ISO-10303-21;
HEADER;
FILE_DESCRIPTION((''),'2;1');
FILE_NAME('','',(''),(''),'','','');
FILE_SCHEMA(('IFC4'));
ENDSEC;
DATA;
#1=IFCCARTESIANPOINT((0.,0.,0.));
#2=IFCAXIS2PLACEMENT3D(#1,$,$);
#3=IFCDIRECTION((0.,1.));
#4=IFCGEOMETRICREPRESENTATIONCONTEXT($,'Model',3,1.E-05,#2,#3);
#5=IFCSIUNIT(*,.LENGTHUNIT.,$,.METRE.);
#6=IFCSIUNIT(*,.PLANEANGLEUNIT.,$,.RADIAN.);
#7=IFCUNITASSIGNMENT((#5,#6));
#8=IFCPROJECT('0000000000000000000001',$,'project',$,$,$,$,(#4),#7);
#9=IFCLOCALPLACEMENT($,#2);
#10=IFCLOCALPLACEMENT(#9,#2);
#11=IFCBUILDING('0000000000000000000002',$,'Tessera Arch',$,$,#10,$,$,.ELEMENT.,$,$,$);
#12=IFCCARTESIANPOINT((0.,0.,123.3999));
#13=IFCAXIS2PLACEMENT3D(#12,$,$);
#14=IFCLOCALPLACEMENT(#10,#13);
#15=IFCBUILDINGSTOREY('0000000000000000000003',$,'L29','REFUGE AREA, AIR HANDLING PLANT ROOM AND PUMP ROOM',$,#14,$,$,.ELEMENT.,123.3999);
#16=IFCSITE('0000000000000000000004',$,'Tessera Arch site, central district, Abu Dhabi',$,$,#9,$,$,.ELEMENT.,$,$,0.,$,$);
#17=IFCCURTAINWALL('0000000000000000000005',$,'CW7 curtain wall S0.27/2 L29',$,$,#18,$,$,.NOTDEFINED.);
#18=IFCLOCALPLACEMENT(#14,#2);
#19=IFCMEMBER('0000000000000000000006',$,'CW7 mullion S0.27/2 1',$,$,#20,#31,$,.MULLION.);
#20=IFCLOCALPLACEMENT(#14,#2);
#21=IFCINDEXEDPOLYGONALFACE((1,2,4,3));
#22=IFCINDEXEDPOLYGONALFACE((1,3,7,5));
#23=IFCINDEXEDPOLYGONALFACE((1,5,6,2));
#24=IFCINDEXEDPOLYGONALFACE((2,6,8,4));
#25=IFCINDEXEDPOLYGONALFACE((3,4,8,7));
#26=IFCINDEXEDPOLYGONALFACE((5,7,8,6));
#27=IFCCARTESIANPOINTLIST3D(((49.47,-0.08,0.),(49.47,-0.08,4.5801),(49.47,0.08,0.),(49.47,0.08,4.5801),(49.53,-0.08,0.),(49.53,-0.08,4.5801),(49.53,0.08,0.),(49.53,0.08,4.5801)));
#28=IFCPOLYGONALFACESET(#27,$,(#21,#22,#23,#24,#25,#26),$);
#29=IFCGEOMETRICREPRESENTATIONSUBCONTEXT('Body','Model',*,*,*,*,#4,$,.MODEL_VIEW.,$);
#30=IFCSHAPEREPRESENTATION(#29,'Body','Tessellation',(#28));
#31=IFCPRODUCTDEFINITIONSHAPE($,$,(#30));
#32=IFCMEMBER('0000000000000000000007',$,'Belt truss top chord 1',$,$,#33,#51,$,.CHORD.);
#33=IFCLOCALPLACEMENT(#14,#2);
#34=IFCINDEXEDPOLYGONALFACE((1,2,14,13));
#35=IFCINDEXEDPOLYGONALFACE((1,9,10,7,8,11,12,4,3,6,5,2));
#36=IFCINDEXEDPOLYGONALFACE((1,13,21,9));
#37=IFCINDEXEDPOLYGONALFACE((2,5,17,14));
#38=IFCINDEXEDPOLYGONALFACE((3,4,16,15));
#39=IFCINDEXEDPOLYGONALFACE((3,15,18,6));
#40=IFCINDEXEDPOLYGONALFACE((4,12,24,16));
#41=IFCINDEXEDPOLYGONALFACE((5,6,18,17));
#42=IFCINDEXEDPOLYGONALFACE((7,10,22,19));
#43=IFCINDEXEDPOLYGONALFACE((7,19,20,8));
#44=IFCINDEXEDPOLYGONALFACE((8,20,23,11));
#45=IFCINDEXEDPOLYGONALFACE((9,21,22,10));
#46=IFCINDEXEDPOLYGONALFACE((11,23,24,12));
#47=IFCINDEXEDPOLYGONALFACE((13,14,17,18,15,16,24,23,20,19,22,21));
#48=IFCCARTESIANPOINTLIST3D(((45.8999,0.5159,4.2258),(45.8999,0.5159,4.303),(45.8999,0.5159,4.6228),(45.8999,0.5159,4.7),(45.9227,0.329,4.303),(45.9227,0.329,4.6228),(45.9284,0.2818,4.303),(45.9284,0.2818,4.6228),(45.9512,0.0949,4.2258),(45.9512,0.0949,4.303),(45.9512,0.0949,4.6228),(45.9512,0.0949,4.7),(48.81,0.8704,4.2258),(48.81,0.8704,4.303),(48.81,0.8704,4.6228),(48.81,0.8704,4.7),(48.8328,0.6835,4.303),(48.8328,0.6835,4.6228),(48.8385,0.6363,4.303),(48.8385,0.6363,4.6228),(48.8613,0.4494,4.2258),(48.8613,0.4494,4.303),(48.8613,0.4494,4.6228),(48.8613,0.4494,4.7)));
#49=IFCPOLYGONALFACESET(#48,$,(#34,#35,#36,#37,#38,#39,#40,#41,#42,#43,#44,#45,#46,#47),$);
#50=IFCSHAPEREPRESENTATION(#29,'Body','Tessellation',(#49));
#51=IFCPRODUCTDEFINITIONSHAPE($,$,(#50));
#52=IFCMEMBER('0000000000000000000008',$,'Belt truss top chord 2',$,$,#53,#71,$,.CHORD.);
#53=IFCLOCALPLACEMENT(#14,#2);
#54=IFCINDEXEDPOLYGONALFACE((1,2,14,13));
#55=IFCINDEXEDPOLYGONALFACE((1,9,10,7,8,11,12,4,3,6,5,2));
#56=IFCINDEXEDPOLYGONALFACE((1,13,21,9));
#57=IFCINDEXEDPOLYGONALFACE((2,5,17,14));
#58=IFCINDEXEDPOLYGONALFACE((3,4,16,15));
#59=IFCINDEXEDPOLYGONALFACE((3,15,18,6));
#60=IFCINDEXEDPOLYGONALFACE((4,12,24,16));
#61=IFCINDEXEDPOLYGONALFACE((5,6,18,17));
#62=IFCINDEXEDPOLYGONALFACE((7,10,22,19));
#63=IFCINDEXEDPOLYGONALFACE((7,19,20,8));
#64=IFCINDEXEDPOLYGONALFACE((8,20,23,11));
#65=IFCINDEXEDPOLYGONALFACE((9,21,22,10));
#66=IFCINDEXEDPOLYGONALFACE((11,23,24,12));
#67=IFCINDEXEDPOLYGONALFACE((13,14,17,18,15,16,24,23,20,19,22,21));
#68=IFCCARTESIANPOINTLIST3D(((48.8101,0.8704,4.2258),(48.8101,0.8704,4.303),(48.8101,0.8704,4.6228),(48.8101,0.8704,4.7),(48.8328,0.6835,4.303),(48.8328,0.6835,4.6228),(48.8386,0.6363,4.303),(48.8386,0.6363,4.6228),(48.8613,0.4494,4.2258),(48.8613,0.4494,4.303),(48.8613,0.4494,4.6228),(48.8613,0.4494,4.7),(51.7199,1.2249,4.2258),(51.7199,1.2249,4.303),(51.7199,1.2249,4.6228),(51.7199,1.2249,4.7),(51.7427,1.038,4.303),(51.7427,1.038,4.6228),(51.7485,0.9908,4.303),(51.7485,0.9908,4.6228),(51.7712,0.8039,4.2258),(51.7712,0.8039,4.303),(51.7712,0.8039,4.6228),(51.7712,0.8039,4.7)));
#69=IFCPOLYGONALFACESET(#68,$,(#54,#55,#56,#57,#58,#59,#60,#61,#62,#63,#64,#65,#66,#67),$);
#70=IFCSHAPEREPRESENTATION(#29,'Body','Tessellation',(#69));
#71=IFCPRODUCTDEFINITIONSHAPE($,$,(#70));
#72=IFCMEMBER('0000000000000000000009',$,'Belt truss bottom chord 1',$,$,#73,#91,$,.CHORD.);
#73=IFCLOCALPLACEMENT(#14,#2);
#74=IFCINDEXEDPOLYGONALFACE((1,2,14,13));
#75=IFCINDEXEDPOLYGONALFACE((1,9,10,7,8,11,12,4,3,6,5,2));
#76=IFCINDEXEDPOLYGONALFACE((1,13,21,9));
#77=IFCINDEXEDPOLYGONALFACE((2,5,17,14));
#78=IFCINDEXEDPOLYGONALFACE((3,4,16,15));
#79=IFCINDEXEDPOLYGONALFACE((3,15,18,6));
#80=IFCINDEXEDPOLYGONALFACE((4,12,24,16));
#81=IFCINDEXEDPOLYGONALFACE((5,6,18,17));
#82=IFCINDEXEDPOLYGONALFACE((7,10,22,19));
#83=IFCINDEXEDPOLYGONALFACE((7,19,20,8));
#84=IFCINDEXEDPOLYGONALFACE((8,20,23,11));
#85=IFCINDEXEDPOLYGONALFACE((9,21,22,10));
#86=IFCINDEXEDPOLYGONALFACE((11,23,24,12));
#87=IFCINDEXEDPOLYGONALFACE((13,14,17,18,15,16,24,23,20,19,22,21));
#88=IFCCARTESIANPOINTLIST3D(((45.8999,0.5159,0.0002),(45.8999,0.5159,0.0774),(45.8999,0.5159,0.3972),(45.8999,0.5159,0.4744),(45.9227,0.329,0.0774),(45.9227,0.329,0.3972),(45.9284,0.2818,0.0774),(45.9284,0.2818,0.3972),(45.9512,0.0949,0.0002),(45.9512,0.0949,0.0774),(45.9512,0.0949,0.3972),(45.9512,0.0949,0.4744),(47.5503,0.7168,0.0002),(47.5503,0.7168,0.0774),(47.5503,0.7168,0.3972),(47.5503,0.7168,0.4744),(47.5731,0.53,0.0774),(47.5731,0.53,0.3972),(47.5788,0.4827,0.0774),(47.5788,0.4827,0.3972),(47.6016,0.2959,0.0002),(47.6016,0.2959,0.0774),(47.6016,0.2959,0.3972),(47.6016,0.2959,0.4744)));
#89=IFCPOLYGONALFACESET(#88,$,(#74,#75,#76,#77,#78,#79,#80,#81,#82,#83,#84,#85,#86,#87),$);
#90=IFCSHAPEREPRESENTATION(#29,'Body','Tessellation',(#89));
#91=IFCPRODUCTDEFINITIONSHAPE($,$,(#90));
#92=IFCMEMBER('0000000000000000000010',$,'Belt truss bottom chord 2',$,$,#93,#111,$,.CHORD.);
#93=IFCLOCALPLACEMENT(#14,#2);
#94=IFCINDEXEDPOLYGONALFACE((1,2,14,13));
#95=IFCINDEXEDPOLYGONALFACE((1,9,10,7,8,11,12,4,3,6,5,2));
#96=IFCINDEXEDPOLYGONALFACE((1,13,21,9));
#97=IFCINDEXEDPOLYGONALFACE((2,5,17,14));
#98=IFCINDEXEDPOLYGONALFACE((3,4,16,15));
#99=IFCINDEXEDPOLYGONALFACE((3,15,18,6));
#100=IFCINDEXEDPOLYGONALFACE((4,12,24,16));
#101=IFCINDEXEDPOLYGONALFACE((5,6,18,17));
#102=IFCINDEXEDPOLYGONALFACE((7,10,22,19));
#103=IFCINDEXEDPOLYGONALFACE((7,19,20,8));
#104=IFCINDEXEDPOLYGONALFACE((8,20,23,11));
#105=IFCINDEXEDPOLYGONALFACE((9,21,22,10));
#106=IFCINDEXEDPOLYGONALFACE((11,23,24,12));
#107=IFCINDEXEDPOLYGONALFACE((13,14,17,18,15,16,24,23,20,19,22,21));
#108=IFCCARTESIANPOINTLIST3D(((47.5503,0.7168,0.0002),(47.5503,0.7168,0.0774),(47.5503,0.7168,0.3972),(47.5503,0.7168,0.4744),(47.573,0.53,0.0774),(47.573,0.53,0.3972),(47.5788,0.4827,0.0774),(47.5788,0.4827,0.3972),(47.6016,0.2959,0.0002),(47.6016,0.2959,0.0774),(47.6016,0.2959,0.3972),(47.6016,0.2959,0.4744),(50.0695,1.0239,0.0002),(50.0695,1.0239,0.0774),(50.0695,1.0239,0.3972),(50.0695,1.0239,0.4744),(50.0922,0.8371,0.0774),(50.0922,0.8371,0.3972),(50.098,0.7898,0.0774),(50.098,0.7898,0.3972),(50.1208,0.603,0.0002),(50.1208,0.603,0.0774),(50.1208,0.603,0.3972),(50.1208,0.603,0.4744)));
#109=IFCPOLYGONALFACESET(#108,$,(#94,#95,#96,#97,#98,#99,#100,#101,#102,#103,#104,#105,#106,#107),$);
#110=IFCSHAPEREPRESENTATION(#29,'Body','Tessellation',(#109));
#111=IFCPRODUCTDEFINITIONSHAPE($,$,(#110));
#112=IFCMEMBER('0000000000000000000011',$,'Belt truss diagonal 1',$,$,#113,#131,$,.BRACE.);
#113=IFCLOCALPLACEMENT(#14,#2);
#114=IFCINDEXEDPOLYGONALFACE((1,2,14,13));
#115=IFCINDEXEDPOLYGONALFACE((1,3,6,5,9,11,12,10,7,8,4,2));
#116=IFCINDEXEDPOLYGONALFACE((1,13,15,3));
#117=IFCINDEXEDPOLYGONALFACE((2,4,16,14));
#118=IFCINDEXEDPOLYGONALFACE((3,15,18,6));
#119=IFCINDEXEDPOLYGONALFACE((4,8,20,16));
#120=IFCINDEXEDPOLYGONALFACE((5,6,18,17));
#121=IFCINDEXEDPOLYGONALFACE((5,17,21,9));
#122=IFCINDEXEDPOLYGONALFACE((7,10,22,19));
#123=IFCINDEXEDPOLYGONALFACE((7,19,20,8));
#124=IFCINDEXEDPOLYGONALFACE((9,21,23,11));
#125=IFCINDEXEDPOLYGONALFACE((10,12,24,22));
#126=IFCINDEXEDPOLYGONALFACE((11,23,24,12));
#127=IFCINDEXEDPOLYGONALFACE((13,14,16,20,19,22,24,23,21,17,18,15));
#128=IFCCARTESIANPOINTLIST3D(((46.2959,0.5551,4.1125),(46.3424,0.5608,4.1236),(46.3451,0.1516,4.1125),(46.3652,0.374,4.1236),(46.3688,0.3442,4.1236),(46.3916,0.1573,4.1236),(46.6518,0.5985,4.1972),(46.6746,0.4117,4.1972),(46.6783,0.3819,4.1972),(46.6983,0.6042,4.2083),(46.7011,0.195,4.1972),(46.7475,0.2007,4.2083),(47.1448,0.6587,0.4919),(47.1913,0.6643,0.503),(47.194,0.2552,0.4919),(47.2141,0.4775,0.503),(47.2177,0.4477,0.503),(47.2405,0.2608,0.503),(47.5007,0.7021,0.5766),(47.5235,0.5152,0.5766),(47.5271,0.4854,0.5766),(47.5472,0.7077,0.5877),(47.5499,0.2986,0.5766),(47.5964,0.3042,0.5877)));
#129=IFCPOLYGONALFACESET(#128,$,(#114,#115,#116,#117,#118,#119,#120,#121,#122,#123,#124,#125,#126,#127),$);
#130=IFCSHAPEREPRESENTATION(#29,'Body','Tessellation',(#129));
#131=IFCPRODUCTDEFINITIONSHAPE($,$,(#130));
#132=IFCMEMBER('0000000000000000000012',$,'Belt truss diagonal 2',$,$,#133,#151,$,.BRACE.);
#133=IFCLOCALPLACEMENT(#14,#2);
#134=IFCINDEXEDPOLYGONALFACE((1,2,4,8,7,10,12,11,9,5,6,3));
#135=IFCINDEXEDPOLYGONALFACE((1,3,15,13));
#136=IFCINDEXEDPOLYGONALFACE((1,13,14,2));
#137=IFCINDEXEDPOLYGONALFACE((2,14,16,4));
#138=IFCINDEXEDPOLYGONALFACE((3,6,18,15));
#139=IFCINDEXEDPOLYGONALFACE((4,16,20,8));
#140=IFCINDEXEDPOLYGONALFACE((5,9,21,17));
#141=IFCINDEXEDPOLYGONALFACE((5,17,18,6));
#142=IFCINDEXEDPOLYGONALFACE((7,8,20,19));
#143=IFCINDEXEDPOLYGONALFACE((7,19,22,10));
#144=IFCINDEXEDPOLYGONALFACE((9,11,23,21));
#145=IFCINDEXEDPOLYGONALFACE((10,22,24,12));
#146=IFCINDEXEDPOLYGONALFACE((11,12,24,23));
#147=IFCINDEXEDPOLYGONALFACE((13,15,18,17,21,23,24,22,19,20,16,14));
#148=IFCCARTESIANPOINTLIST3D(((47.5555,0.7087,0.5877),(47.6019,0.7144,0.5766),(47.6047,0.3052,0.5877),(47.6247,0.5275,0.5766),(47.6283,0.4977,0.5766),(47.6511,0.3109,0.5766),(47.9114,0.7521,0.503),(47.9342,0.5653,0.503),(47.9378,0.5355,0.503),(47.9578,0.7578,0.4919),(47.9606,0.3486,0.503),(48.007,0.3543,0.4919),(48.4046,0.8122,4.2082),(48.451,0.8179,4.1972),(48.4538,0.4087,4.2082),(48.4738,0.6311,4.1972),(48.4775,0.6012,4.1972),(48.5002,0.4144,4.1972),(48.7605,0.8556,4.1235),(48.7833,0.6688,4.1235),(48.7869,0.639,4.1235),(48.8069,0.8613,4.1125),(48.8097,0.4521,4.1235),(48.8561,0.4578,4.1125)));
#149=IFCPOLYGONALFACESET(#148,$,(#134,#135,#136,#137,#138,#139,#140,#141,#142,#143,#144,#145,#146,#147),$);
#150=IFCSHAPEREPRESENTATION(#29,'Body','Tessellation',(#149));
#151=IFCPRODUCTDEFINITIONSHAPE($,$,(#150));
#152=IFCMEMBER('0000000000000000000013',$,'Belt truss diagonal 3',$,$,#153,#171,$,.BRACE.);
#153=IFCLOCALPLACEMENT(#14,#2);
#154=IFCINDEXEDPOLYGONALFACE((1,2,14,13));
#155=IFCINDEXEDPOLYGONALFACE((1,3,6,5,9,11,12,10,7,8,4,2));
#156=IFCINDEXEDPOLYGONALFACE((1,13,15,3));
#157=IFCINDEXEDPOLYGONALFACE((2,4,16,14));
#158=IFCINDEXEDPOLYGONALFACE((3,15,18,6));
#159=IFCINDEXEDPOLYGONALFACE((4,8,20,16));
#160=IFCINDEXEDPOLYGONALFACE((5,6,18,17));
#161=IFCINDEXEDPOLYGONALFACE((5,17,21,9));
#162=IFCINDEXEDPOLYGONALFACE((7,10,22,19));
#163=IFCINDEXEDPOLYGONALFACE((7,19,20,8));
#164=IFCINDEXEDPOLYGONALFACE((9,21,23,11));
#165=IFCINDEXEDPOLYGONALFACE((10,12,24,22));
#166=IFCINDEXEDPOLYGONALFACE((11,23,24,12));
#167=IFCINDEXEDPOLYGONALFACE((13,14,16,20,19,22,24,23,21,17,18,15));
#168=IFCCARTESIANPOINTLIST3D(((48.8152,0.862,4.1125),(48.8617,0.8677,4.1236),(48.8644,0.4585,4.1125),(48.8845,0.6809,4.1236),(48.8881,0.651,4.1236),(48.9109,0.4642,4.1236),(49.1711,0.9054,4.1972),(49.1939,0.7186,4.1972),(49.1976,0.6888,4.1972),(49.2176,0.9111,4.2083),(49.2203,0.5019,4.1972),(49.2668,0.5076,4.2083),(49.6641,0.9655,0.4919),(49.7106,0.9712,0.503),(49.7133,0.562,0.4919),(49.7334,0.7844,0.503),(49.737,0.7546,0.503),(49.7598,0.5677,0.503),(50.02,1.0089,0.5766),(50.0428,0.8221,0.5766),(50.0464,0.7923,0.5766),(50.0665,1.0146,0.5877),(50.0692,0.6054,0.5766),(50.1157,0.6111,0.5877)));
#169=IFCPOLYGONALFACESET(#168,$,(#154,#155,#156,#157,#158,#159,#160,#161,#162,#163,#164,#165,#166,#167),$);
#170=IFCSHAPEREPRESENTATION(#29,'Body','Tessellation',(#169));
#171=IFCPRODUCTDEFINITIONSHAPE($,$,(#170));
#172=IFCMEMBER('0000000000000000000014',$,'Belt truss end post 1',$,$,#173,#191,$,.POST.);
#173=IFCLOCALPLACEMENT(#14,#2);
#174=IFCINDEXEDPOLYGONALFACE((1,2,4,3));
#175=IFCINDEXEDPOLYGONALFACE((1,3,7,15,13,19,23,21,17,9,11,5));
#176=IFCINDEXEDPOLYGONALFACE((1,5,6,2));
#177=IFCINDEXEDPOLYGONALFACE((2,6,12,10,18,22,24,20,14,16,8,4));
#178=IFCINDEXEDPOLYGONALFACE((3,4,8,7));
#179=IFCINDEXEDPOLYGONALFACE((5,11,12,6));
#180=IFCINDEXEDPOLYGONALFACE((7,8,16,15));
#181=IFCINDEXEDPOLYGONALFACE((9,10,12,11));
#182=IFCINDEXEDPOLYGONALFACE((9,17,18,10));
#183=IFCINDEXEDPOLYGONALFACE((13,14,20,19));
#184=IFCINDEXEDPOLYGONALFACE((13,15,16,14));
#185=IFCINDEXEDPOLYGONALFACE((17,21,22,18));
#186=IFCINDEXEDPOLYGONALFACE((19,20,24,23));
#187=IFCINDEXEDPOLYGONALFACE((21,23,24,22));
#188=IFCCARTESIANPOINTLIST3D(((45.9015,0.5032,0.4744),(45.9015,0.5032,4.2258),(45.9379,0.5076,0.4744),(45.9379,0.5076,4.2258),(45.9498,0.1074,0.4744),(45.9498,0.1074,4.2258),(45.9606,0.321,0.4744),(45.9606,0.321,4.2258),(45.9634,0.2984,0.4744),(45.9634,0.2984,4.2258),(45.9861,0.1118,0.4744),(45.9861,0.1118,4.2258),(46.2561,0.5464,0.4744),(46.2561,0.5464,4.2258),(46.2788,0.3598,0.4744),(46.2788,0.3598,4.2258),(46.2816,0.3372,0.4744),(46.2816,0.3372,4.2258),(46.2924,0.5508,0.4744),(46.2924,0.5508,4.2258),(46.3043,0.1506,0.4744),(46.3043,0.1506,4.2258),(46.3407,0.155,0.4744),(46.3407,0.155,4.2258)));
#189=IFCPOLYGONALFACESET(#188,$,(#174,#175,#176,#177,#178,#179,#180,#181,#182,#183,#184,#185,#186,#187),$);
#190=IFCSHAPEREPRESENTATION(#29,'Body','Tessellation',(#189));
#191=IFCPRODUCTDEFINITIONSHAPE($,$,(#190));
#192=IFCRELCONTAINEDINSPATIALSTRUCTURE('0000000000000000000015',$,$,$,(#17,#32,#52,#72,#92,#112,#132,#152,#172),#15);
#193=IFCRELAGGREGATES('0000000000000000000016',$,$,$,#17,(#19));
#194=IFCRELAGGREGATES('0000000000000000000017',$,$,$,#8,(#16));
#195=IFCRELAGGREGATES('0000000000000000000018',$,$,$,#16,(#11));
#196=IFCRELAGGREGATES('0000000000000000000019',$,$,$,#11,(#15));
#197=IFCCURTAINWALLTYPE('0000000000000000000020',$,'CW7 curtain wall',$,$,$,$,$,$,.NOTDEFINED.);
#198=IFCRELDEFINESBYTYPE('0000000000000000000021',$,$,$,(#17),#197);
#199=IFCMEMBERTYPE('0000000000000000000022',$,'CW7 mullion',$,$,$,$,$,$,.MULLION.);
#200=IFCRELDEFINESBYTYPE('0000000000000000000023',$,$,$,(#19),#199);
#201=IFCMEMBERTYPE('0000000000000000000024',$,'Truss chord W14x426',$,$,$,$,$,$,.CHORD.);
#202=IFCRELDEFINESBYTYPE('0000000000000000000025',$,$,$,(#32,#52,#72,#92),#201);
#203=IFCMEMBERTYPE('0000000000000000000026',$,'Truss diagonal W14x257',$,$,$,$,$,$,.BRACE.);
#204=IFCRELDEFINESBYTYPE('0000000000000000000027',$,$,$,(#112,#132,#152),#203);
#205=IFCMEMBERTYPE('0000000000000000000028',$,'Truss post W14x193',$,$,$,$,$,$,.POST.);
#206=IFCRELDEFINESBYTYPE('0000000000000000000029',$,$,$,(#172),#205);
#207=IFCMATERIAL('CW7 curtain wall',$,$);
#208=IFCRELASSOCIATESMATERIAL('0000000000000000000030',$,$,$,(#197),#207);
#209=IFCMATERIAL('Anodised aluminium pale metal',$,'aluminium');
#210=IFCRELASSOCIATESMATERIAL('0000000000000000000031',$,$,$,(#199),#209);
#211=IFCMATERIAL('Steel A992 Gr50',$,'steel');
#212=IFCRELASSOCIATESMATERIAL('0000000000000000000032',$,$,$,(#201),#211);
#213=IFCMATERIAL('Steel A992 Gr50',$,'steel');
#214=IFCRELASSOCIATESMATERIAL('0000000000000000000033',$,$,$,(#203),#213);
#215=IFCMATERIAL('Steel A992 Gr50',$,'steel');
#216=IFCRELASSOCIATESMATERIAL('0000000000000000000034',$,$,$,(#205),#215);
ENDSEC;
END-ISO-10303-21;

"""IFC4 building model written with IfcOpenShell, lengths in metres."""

from ifc_helpers import new_model, si_unit, direction, frame, origin, origin_2d, place, context, subcontext, project, spatial, rectangle, i_section, extrude, material, material_profile, profile_set, type_object, element, aggregate, save


model = new_model("IFC4")

# Units and contexts
model_context = context("Model", 3, precision=1e-05, world=origin(), true_north=direction((0.0, 1.0)))
body_context = subcontext(model_context, "Body", "Model", "MODEL_VIEW")
ifc_project = project(units=[si_unit("LENGTHUNIT", "METRE"), si_unit("PLANEANGLEUNIT", "RADIAN")], contexts=[model_context])

# Site, building, storey
site_placement = place(None, origin())
site = spatial("IfcSite", under=ifc_project, at=site_placement, Name="Tessera Arch site, central district, Abu Dhabi", CompositionType="ELEMENT", RefElevation=0.0)
building_placement = place(site_placement, origin())
building = spatial("IfcBuilding", under=site, at=building_placement, Name="Tessera Arch", CompositionType="ELEMENT")
storey_placement = place(building_placement, frame((0.0, 0.0, 123.3999)))
storey = spatial("IfcBuildingStorey", under=building, at=storey_placement, Name="L29", Description="REFUGE AREA, AIR HANDLING PLANT ROOM AND PUMP ROOM", CompositionType="ELEMENT", Elevation=123.3999)

# Curtain wall, member
ifc_material_1 = material(Name="CW7 curtain wall")
curtain_wall_type = type_object("IfcCurtainWallType", Name="CW7 curtain wall", PredefinedType="NOTDEFINED", material=ifc_material_1)
curtain_wall_placement = place(storey_placement, origin())
curtain_wall = element("IfcCurtainWall", 1, at=curtain_wall_placement, inside=storey, type_object=curtain_wall_type, Name="CW7 curtain wall S0.27/2 L29", PredefinedType="NOTDEFINED")
ifc_material_2 = material(Name="Anodised aluminium pale metal", Category="aluminium")
ifc_material_profile_1 = material_profile(ifc_material_2, rectangle(XDim=0.1599, YDim=0.0601, at=origin_2d()), Name="AL 60x160")
ifc_profile_set_1 = profile_set([ifc_material_profile_1], Name="Anodised aluminium pale metal")
member_type_1 = type_object("IfcMemberType", Name="CW7 mullion", PredefinedType="MULLION", material=ifc_profile_set_1)
member_1_placement = place(storey_placement, frame((49.5, 0.0, 0.0), z_axis=(0.0, 0.0, 1.0), x_axis=(0.0, 1.0, 0.0)))
member_1 = element("IfcMember", 2, at=member_1_placement, type_object=member_type_1, Name="CW7 mullion S0.27/2 1", PredefinedType="MULLION", context=body_context, shape_type="SweptSolid", body=[
    extrude(rectangle(XDim=0.1599, YDim=0.0601, at=origin_2d()), origin(), (0.0, 0.0, 1.0), 4.5801),
])

# Members
ifc_material_3 = material(Name="Steel A992 Gr50", Category="steel")
ifc_material_profile_2 = material_profile(ifc_material_3, i_section(OverallWidth=0.4241, OverallDepth=0.4741, WebThickness=0.0476, FlangeThickness=0.0771, at=origin_2d()), Name="W14x426")
ifc_profile_set_2 = profile_set([ifc_material_profile_2], Name="Steel A992 Gr50")
member_type_2 = type_object("IfcMemberType", Name="Truss chord W14x426", PredefinedType="CHORD", material=ifc_profile_set_2)
member_2_placement = place(storey_placement, frame((45.9255, 0.3054, 4.4629), z_axis=(0.992662, 0.120918, 0.0), x_axis=(-0.120918, 0.992662, 0.0)))
element("IfcMember", 3, at=member_2_placement, inside=storey, type_object=member_type_2, Name="Belt truss top chord 1", PredefinedType="CHORD", context=body_context, shape_type="SweptSolid", body=[
    extrude(i_section(OverallWidth=0.4241, OverallDepth=0.4741, WebThickness=0.0476, FlangeThickness=0.0771, at=origin_2d()), origin(), (0.0, 0.0, 1.0), 2.9316),
])
member_3_placement = place(storey_placement, frame((48.8357, 0.6599, 4.4629), z_axis=(0.992661, 0.120928, 0.0), x_axis=(-0.120928, 0.992661, 0.0)))
element("IfcMember", 4, at=member_3_placement, inside=storey, type_object=member_type_2, Name="Belt truss top chord 2", PredefinedType="CHORD", context=body_context, shape_type="SweptSolid", body=[
    extrude(i_section(OverallWidth=0.4241, OverallDepth=0.4741, WebThickness=0.0476, FlangeThickness=0.0771, at=origin_2d()), origin(), (0.0, 0.0, 1.0), 2.9314),
])
member_4_placement = place(storey_placement, frame((45.9255, 0.3054, 0.2373), z_axis=(0.99267, 0.120853, 0.0), x_axis=(-0.120853, 0.99267, 0.0)))
element("IfcMember", 5, at=member_4_placement, inside=storey, type_object=member_type_2, Name="Belt truss bottom chord 1", PredefinedType="CHORD", context=body_context, shape_type="SweptSolid", body=[
    extrude(i_section(OverallWidth=0.4241, OverallDepth=0.4741, WebThickness=0.0476, FlangeThickness=0.0771, at=origin_2d()), origin(), (0.0, 0.0, 1.0), 1.6626),
])
member_5_placement = place(storey_placement, frame((47.5759, 0.5063, 0.2373), z_axis=(0.992651, 0.121015, 0.0), x_axis=(-0.121015, 0.992651, 0.0)))
element("IfcMember", 6, at=member_5_placement, inside=storey, type_object=member_type_2, Name="Belt truss bottom chord 2", PredefinedType="CHORD", context=body_context, shape_type="SweptSolid", body=[
    extrude(i_section(OverallWidth=0.4241, OverallDepth=0.4741, WebThickness=0.0476, FlangeThickness=0.0771, at=origin_2d()), origin(), (0.0, 0.0, 1.0), 2.5378),
])
ifc_material_4 = material(Name="Steel A992 Gr50", Category="steel")
ifc_material_profile_3 = material_profile(ifc_material_4, i_section(OverallWidth=0.4065, OverallDepth=0.4165, WebThickness=0.03, FlangeThickness=0.0481, at=origin_2d()), Name="W14x257")
ifc_profile_set_3 = profile_set([ifc_material_profile_3], Name="Steel A992 Gr50")
member_type_3 = type_object("IfcMemberType", Name="Truss diagonal W14x257", PredefinedType="BRACE", material=ifc_profile_set_3)
for number, where, z_axis, x_axis, name in (
    (7, (46.5217, 0.3779, 4.1604), (0.228179, 0.027825, -0.973222), (-0.121048, 0.992647, 0.0), "Belt truss diagonal 1"),
    (8, (47.7812, 0.5315, 0.5398), (0.228241, 0.027825, 0.973207), (-0.121013, 0.992651, 0.0), "Belt truss diagonal 2"),
    (9, (49.041, 0.6848, 4.1604), (0.228179, 0.027825, -0.973222), (-0.121048, 0.992647, 0.0), "Belt truss diagonal 3"),
):
    element("IfcMember", number, at=place(storey_placement, frame(where, z_axis=z_axis, x_axis=x_axis)), inside=storey, type_object=member_type_3, Name=name, PredefinedType="BRACE", context=body_context, shape_type="SweptSolid", body=[
        extrude(i_section(OverallWidth=0.4065, OverallDepth=0.4165, WebThickness=0.03, FlangeThickness=0.0481, at=origin_2d()), origin(), (0.0, 0.0, 1.0), 3.7202),
    ])
ifc_material_5 = material(Name="Steel A992 Gr50", Category="steel")
ifc_material_profile_4 = material_profile(ifc_material_5, i_section(OverallWidth=0.3987, OverallDepth=0.3938, WebThickness=0.0227, FlangeThickness=0.0366, at=origin_2d()), Name="W14x193")
ifc_profile_set_4 = profile_set([ifc_material_profile_4], Name="Steel A992 Gr50")
member_type_4 = type_object("IfcMemberType", Name="Truss post W14x193", PredefinedType="POST", material=ifc_profile_set_4)
member_6_placement = place(storey_placement, frame((46.1211, 0.3291, 0.4744), z_axis=(0.0, 0.0, 1.0), x_axis=(-0.120952, 0.992658, 0.0)))
element("IfcMember", 10, at=member_6_placement, inside=storey, type_object=member_type_4, Name="Belt truss end post 1", PredefinedType="POST", context=body_context, shape_type="SweptSolid", body=[
    extrude(i_section(OverallWidth=0.3987, OverallDepth=0.3938, WebThickness=0.0227, FlangeThickness=0.0366, at=origin_2d()), origin(), (0.0, 0.0, 1.0), 3.7515),
])

aggregate(curtain_wall, [member_1])

save(model, "model.ifc")
